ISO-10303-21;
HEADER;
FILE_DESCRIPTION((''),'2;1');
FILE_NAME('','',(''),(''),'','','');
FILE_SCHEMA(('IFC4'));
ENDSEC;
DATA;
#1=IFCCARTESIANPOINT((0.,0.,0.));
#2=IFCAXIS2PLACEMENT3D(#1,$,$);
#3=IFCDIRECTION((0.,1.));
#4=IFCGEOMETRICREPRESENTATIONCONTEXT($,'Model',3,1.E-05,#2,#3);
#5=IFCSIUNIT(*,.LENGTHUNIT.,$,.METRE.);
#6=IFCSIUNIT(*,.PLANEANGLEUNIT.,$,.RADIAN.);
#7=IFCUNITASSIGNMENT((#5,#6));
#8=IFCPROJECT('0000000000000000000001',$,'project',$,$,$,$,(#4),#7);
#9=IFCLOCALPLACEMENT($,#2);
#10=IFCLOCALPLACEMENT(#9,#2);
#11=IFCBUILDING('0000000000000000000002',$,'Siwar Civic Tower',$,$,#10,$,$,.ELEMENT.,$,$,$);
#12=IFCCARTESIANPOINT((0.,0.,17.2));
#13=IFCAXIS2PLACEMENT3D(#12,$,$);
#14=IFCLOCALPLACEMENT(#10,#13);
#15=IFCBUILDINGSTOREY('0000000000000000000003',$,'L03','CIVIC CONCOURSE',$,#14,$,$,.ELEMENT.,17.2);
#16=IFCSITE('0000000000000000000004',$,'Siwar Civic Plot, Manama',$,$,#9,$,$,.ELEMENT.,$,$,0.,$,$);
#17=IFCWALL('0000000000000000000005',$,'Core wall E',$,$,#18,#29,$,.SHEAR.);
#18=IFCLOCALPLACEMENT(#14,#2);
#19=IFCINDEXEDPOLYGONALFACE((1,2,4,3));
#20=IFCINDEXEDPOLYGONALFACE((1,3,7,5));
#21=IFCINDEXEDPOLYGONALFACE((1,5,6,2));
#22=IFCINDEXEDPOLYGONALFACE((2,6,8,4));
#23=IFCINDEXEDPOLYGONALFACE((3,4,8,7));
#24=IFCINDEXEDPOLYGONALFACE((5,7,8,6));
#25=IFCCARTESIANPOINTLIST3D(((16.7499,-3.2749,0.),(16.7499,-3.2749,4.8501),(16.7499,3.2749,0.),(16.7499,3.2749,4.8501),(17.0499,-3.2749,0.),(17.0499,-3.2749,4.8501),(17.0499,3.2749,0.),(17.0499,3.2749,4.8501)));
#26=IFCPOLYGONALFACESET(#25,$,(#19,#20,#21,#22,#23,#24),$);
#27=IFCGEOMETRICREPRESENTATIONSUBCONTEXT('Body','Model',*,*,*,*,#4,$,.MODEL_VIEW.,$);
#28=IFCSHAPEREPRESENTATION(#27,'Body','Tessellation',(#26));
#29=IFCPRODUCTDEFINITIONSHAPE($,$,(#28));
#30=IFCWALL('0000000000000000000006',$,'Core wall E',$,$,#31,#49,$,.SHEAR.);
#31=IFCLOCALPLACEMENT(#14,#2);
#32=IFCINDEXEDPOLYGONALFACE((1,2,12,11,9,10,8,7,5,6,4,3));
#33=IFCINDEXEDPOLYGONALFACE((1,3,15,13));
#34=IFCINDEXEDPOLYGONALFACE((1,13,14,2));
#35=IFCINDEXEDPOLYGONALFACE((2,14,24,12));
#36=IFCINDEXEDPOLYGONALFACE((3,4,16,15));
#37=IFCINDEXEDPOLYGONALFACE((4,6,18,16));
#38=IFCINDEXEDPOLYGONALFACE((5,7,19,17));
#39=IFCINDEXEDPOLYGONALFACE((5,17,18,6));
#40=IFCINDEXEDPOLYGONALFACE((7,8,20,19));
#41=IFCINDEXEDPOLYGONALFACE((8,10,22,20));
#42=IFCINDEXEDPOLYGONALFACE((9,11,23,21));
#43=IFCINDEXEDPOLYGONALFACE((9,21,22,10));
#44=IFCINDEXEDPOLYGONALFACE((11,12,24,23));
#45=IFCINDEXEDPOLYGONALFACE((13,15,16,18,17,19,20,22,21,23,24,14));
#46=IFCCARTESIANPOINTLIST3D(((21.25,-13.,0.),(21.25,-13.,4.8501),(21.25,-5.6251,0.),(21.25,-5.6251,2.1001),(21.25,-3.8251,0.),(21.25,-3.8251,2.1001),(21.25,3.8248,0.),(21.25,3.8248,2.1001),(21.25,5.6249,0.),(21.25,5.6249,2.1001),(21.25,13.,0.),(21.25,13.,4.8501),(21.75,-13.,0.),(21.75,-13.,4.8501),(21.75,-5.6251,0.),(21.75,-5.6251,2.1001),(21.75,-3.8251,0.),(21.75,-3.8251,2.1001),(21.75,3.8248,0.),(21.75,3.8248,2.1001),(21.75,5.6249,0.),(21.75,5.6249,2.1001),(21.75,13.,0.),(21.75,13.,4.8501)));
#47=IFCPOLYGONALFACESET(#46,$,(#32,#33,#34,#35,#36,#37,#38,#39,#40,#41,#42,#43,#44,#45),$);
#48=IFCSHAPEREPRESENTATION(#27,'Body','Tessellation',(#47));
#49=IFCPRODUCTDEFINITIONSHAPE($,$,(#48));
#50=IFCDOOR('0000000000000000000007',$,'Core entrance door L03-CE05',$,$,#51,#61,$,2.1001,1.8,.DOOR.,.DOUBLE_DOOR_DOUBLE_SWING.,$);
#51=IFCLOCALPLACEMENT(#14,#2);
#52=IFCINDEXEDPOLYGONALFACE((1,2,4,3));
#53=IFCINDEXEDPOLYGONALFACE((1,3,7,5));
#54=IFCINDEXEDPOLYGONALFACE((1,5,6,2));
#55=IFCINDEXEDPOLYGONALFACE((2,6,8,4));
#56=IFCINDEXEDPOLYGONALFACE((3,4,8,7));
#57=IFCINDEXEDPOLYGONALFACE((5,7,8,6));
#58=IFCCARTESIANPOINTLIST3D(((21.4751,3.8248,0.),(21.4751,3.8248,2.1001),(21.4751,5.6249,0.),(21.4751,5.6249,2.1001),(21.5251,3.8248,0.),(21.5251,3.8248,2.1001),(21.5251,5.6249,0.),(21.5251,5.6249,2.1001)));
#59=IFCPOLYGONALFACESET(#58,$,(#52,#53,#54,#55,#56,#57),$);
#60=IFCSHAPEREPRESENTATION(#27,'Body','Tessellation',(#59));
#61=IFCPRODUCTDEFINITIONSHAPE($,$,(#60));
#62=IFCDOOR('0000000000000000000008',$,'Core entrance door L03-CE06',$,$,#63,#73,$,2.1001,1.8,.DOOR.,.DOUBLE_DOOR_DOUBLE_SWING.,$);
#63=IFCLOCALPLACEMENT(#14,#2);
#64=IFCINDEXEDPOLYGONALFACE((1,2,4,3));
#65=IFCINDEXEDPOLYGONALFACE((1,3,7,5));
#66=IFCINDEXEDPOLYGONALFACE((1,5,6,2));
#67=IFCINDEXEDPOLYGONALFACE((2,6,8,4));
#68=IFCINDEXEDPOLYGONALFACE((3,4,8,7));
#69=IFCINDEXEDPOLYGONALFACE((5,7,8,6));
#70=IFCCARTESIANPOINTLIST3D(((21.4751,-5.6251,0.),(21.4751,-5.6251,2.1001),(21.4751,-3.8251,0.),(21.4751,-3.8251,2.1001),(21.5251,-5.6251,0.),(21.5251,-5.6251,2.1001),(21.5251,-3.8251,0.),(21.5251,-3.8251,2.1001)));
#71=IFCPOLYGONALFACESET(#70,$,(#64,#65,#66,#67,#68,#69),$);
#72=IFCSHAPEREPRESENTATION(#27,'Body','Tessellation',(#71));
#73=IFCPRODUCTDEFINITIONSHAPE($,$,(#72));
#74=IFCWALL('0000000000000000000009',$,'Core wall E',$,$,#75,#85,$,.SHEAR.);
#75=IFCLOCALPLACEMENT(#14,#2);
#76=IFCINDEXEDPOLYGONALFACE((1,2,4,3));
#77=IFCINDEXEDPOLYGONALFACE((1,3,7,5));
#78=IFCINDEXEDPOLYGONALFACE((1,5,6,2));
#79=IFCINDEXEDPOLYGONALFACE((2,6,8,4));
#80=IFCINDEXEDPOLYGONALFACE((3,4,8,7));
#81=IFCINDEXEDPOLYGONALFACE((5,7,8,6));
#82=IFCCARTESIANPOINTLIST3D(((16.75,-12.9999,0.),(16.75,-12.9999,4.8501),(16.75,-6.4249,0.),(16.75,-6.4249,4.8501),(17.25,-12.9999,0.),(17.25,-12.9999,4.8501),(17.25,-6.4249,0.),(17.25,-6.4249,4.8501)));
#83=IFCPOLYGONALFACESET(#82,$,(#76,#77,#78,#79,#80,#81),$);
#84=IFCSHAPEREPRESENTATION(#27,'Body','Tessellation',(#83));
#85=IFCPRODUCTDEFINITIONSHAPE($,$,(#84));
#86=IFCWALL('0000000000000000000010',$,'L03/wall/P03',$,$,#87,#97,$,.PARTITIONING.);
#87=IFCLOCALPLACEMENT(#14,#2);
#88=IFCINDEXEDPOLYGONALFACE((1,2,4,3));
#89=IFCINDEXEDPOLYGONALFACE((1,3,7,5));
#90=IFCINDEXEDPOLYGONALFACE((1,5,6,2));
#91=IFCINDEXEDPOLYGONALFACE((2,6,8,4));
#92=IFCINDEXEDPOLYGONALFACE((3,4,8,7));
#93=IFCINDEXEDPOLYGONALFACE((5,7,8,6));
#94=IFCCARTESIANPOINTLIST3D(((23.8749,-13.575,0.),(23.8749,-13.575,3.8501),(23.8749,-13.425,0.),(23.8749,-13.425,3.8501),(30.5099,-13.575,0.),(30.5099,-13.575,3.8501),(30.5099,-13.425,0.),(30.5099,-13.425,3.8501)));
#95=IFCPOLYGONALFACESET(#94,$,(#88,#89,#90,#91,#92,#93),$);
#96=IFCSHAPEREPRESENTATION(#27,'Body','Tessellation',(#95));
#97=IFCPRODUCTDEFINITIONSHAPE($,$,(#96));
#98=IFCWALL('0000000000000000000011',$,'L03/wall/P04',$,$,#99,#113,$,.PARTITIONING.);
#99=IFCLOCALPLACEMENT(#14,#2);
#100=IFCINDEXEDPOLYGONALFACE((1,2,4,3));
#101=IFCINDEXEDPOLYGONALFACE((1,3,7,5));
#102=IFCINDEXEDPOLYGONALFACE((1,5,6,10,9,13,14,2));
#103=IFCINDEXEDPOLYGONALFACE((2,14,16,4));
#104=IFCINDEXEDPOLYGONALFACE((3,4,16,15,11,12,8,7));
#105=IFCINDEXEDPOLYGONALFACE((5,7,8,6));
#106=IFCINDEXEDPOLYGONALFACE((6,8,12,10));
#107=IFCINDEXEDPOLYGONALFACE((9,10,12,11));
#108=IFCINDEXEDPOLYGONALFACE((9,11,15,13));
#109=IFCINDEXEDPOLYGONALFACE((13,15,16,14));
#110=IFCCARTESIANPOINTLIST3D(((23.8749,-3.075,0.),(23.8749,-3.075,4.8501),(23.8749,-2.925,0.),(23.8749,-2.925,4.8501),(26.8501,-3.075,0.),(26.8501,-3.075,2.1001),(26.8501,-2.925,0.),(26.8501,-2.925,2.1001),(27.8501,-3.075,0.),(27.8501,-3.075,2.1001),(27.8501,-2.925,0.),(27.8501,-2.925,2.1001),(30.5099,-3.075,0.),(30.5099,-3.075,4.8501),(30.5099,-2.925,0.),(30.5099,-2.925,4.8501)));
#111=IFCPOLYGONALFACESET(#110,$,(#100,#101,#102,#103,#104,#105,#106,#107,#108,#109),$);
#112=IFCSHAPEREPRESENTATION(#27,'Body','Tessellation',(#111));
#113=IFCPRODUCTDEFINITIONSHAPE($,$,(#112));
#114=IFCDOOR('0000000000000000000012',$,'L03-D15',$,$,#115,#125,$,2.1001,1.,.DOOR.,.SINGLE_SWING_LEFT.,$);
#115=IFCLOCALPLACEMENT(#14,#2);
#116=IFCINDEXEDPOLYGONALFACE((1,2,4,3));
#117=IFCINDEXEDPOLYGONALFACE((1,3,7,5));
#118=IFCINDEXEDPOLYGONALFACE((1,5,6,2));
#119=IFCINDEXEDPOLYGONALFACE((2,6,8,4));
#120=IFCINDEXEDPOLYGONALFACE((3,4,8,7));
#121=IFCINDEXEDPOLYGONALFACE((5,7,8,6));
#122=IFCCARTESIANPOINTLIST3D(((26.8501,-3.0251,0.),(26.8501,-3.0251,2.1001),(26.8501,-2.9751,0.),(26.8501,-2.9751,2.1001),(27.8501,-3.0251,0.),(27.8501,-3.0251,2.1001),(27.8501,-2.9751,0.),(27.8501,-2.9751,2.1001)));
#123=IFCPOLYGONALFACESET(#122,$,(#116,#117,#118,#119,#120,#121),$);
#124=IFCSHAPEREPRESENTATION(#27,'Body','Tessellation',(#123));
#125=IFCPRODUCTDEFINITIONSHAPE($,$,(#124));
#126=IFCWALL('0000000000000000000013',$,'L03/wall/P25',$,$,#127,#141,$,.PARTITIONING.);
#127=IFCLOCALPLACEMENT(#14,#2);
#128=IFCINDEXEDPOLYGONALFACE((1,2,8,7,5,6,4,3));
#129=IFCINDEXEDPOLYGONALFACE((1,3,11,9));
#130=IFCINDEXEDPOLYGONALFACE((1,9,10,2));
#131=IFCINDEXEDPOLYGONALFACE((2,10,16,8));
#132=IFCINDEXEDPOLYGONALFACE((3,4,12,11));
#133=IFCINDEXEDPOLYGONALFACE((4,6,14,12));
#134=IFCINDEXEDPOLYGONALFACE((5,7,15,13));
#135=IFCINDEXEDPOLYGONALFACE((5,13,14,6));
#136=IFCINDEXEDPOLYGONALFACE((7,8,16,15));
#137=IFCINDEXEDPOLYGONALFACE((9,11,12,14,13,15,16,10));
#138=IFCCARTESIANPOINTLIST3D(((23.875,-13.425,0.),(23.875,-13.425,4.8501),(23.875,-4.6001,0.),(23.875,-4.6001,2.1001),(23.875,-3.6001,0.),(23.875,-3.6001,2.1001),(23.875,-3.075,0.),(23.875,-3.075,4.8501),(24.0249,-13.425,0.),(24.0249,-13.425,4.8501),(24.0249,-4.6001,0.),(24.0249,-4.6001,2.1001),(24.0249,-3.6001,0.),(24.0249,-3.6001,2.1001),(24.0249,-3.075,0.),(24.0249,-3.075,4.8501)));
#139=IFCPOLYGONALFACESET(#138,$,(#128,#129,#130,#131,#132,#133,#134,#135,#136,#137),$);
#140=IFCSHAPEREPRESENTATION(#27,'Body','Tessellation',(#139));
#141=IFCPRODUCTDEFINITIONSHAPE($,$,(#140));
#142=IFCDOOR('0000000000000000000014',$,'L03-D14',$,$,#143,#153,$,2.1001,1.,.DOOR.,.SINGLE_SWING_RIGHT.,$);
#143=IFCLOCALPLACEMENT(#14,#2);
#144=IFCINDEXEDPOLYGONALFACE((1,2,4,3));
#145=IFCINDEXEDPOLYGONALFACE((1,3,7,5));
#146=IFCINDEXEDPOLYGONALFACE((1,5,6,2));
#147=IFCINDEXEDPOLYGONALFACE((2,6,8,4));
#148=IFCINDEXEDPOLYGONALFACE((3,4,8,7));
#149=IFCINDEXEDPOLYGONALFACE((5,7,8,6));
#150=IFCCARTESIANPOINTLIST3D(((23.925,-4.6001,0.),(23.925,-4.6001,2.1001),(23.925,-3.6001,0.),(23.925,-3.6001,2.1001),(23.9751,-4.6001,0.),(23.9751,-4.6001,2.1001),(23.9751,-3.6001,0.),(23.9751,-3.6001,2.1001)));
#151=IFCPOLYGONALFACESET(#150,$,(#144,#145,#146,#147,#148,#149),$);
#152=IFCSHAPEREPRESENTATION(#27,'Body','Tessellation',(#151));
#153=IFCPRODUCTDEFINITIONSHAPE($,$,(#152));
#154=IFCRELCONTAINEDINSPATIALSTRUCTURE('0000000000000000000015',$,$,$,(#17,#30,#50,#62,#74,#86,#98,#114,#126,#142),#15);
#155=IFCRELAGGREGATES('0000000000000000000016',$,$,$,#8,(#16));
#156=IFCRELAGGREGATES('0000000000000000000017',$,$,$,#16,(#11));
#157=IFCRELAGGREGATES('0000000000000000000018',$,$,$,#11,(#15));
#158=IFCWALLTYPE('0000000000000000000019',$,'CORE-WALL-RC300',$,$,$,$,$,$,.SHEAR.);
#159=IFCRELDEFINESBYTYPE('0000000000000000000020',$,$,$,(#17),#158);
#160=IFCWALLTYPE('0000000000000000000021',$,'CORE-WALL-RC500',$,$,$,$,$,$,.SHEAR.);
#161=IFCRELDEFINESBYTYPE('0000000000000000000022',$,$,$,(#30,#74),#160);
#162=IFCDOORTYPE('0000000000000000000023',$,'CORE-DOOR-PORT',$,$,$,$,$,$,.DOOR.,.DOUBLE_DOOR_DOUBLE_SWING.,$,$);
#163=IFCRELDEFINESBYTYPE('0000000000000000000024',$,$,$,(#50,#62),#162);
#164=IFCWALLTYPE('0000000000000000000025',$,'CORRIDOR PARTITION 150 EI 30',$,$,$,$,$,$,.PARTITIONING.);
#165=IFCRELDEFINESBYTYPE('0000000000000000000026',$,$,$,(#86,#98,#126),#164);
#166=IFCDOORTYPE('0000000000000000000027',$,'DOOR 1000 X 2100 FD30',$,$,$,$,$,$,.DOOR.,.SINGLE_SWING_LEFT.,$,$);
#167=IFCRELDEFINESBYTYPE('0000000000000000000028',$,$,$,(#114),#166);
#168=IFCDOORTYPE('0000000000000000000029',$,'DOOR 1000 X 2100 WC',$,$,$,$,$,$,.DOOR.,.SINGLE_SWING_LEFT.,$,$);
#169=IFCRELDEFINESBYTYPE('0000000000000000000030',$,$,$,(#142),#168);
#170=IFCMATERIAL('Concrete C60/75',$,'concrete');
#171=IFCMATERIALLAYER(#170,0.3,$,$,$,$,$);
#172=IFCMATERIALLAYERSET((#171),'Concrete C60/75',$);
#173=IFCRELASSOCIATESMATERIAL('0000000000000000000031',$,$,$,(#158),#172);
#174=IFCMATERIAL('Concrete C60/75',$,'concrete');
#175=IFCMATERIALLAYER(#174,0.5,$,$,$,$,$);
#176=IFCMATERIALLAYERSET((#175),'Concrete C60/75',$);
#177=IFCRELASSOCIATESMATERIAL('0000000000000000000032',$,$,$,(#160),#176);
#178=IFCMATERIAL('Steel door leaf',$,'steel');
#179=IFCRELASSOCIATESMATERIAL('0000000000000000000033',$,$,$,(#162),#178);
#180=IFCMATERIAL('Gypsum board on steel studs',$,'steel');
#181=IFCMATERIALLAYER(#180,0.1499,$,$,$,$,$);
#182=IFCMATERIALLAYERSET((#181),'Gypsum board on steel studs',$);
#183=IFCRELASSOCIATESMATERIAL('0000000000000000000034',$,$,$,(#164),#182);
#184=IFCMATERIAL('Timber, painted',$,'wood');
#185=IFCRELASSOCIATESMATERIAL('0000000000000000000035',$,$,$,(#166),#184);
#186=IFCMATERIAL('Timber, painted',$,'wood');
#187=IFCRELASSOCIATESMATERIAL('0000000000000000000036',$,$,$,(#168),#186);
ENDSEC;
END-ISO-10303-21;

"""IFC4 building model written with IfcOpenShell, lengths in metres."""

from ifc_helpers import new_model, si_unit, direction, frame, frame_2d, origin, place, context, subcontext, project, spatial, rectangle, extrude, material, layer, layer_set, type_object, element, fill, save


model = new_model("IFC4")

# Units and contexts
model_context = context("Model", 3, precision=1e-05, world=origin(), true_north=direction((0.0, 1.0)))
body_context = subcontext(model_context, "Body", "Model", "MODEL_VIEW")
ifc_project = project(units=[si_unit("LENGTHUNIT", "METRE"), si_unit("PLANEANGLEUNIT", "RADIAN")], contexts=[model_context])

# Site, building, storey
site_placement = place(None, origin())
site = spatial("IfcSite", under=ifc_project, at=site_placement, Name="Siwar Civic Plot, Manama", CompositionType="ELEMENT", RefElevation=0.0)
building_placement = place(site_placement, origin())
building = spatial("IfcBuilding", under=site, at=building_placement, Name="Siwar Civic Tower", CompositionType="ELEMENT")
storey_placement = place(building_placement, frame((0.0, 0.0, 17.2)))
storey = spatial("IfcBuildingStorey", under=building, at=storey_placement, Name="L03", Description="CIVIC CONCOURSE", CompositionType="ELEMENT", Elevation=17.2)

# Wall
ifc_material_1 = material(Name="Concrete C60/75", Category="concrete")
ifc_layer_1 = layer(ifc_material_1, 0.3)
ifc_layer_set_1 = layer_set([ifc_layer_1], Name="Concrete C60/75")
wall_type_1 = type_object("IfcWallType", Name="CORE-WALL-RC300", PredefinedType="SHEAR", material=ifc_layer_set_1)
wall_1_placement = place(storey_placement, frame((16.8999, -3.2749, 0.0), z_axis=(0.0, 0.0, 1.0), x_axis=(0.0, 1.0, 0.0)))
element("IfcWall", 1, at=wall_1_placement, inside=storey, type_object=wall_type_1, Name="Core wall E", PredefinedType="SHEAR", context=body_context, shape_type="SweptSolid", body=[
    extrude(rectangle(XDim=6.5498, YDim=0.3, at=frame_2d((3.2749, 0.0))), origin(), (0.0, 0.0, 1.0), 4.8501),
])

# Wall, openings, doors
ifc_material_2 = material(Name="Concrete C60/75", Category="concrete")
ifc_layer_2 = layer(ifc_material_2, 0.5)
ifc_layer_set_2 = layer_set([ifc_layer_2], Name="Concrete C60/75")
wall_type_2 = type_object("IfcWallType", Name="CORE-WALL-RC500", PredefinedType="SHEAR", material=ifc_layer_set_2)
wall_2_placement = place(storey_placement, frame((21.5, -13.0, 0.0), z_axis=(0.0, 0.0, 1.0), x_axis=(0.0, 1.0, 0.0)))
wall_2 = element("IfcWall", 2, at=wall_2_placement, inside=storey, type_object=wall_type_2, Name="Core wall E", PredefinedType="SHEAR", context=body_context, shape_type="SweptSolid", body=[
    extrude(rectangle(XDim=26.0, YDim=0.5, at=frame_2d((13.0, 0.0))), origin(), (0.0, 0.0, 1.0), 4.8501),
])
opening_1_placement = place(wall_2_placement, frame((16.825, 0.0, 0.0)))
opening_1 = element("IfcOpeningElement", 3, at=opening_1_placement, cuts=wall_2, PredefinedType="OPENING", context=body_context, shape_type="SweptSolid", body=[
    extrude(rectangle(XDim=1.8, YDim=2.1001, at=frame_2d((0.8999, 1.05))), frame((0.0, 0.26, 0.0), z_axis=(0.0, -1.0, 0.0), x_axis=(1.0, 0.0, 0.0)), (0.0, 0.0, 1.0), 0.52),
])
opening_2_placement = place(wall_2_placement, frame((7.375, 0.0, 0.0)))
opening_2 = element("IfcOpeningElement", 4, at=opening_2_placement, cuts=wall_2, PredefinedType="OPENING", context=body_context, shape_type="SweptSolid", body=[
    extrude(rectangle(XDim=1.8, YDim=2.1001, at=frame_2d((0.8999, 1.05))), frame((0.0, 0.26, 0.0), z_axis=(0.0, -1.0, 0.0), x_axis=(1.0, 0.0, 0.0)), (0.0, 0.0, 1.0), 0.52),
])
ifc_material_3 = material(Name="Steel door leaf", Category="steel")
door_type_1 = type_object("IfcDoorType", Name="CORE-DOOR-PORT", OperationType="DOUBLE_DOOR_DOUBLE_SWING", PredefinedType="DOOR", material=ifc_material_3)
door_1_placement = place(opening_1_placement, origin())
door_1 = element("IfcDoor", 5, at=door_1_placement, inside=storey, type_object=door_type_1, Name="Core entrance door L03-CE05", OperationType="DOUBLE_DOOR_DOUBLE_SWING", OverallHeight=2.1001, OverallWidth=1.8, PredefinedType="DOOR", context=body_context, shape_type="SweptSolid", body=[
    extrude(rectangle(XDim=1.8, YDim=2.1001, at=frame_2d((0.8999, 1.05))), frame((0.0, 0.0249, 0.0), z_axis=(0.0, -1.0, 0.0), x_axis=(1.0, 0.0, 0.0)), (0.0, 0.0, 1.0), 0.05),
])
fill(opening_1, door_1)
door_2_placement = place(opening_2_placement, origin())
door_2 = element("IfcDoor", 6, at=door_2_placement, inside=storey, type_object=door_type_1, Name="Core entrance door L03-CE06", OperationType="DOUBLE_DOOR_DOUBLE_SWING", OverallHeight=2.1001, OverallWidth=1.8, PredefinedType="DOOR", context=body_context, shape_type="SweptSolid", body=[
    extrude(rectangle(XDim=1.8, YDim=2.1001, at=frame_2d((0.8999, 1.05))), frame((0.0, 0.0249, 0.0), z_axis=(0.0, -1.0, 0.0), x_axis=(1.0, 0.0, 0.0)), (0.0, 0.0, 1.0), 0.05),
])
fill(opening_2, door_2)

# Walls
wall_3_placement = place(storey_placement, frame((17.0, -13.0, 0.0), z_axis=(0.0, 0.0, 1.0), x_axis=(0.0, 1.0, 0.0)))
element("IfcWall", 7, at=wall_3_placement, inside=storey, type_object=wall_type_2, Name="Core wall E", PredefinedType="SHEAR", context=body_context, shape_type="SweptSolid", body=[
    extrude(rectangle(XDim=6.575, YDim=0.5, at=frame_2d((3.2876, 0.0))), origin(), (0.0, 0.0, 1.0), 4.8501),
])
ifc_material_4 = material(Name="Gypsum board on steel studs", Category="steel")
ifc_layer_3 = layer(ifc_material_4, 0.1499)
ifc_layer_set_3 = layer_set([ifc_layer_3], Name="Gypsum board on steel studs")
wall_type_3 = type_object("IfcWallType", Name="CORRIDOR PARTITION 150 EI 30", PredefinedType="PARTITIONING", material=ifc_layer_set_3)
wall_4_placement = place(storey_placement, frame((23.875, -13.5, 0.0), z_axis=(0.0, 0.0, 1.0), x_axis=(1.0, 0.0, 0.0)))
element("IfcWall", 8, at=wall_4_placement, inside=storey, type_object=wall_type_3, Name="L03/wall/P03", PredefinedType="PARTITIONING", context=body_context, shape_type="SweptSolid", body=[
    extrude(rectangle(XDim=6.635, YDim=0.1499, at=frame_2d((3.3174, 0.0))), origin(), (0.0, 0.0, 1.0), 3.8501),
])

# Walls, openings, doors
wall_5_placement = place(storey_placement, frame((23.875, -3.0, 0.0), z_axis=(0.0, 0.0, 1.0), x_axis=(1.0, 0.0, 0.0)))
wall_5 = element("IfcWall", 9, at=wall_5_placement, inside=storey, type_object=wall_type_3, Name="L03/wall/P04", PredefinedType="PARTITIONING", context=body_context, shape_type="SweptSolid", body=[
    extrude(rectangle(XDim=6.635, YDim=0.1499, at=frame_2d((3.3174, 0.0))), origin(), (0.0, 0.0, 1.0), 4.8501),
])
opening_3_placement = place(wall_5_placement, frame((2.9751, 0.0, 0.0)))
opening_3 = element("IfcOpeningElement", 10, at=opening_3_placement, cuts=wall_5, PredefinedType="OPENING", context=body_context, shape_type="SweptSolid", body=[
    extrude(rectangle(XDim=1.0, YDim=2.1001, at=frame_2d((0.5, 1.05))), frame((0.0, 0.085, 0.0), z_axis=(0.0, -1.0, 0.0), x_axis=(1.0, 0.0, 0.0)), (0.0, 0.0, 1.0), 0.1699),
])
ifc_material_5 = material(Name="Timber, painted", Category="wood")
door_type_2 = type_object("IfcDoorType", Name="DOOR 1000 X 2100 FD30", OperationType="SINGLE_SWING_LEFT", PredefinedType="DOOR", material=ifc_material_5)
door_3_placement = place(opening_3_placement, origin())
door_3 = element("IfcDoor", 11, at=door_3_placement, inside=storey, type_object=door_type_2, Name="L03-D15", OperationType="SINGLE_SWING_LEFT", OverallHeight=2.1001, OverallWidth=1.0, PredefinedType="DOOR", context=body_context, shape_type="SweptSolid", body=[
    extrude(rectangle(XDim=1.0, YDim=2.1001, at=frame_2d((0.5, 1.05))), frame((0.0, 0.0249, 0.0), z_axis=(0.0, -1.0, 0.0), x_axis=(1.0, 0.0, 0.0)), (0.0, 0.0, 1.0), 0.05),
])
fill(opening_3, door_3)
wall_6_placement = place(storey_placement, frame((23.95, -13.425, 0.0), z_axis=(0.0, 0.0, 1.0), x_axis=(0.0, 1.0, 0.0)))
wall_6 = element("IfcWall", 12, at=wall_6_placement, inside=storey, type_object=wall_type_3, Name="L03/wall/P25", PredefinedType="PARTITIONING", context=body_context, shape_type="SweptSolid", body=[
    extrude(rectangle(XDim=10.3501, YDim=0.1499, at=frame_2d((5.175, 0.0))), origin(), (0.0, 0.0, 1.0), 4.8501),
])
opening_4_placement = place(wall_6_placement, frame((8.825, 0.0, 0.0)))
opening_4 = element("IfcOpeningElement", 13, at=opening_4_placement, cuts=wall_6, PredefinedType="OPENING", context=body_context, shape_type="SweptSolid", body=[
    extrude(rectangle(XDim=1.0, YDim=2.1001, at=frame_2d((0.5, 1.05))), frame((0.0, 0.085, 0.0), z_axis=(0.0, -1.0, 0.0), x_axis=(1.0, 0.0, 0.0)), (0.0, 0.0, 1.0), 0.1699),
])
ifc_material_6 = material(Name="Timber, painted", Category="wood")
door_type_3 = type_object("IfcDoorType", Name="DOOR 1000 X 2100 WC", OperationType="SINGLE_SWING_LEFT", PredefinedType="DOOR", material=ifc_material_6)
door_4_placement = place(opening_4_placement, origin())
door_4 = element("IfcDoor", 14, at=door_4_placement, inside=storey, type_object=door_type_3, Name="L03-D14", OperationType="SINGLE_SWING_RIGHT", OverallHeight=2.1001, OverallWidth=1.0, PredefinedType="DOOR", context=body_context, shape_type="SweptSolid", body=[
    extrude(rectangle(XDim=1.0, YDim=2.1001, at=frame_2d((0.5, 1.05))), frame((0.0, 0.0249, 0.0), z_axis=(0.0, -1.0, 0.0), x_axis=(1.0, 0.0, 0.0)), (0.0, 0.0, 1.0), 0.05),
])
fill(opening_4, door_4)

save(model, "model.ifc")
